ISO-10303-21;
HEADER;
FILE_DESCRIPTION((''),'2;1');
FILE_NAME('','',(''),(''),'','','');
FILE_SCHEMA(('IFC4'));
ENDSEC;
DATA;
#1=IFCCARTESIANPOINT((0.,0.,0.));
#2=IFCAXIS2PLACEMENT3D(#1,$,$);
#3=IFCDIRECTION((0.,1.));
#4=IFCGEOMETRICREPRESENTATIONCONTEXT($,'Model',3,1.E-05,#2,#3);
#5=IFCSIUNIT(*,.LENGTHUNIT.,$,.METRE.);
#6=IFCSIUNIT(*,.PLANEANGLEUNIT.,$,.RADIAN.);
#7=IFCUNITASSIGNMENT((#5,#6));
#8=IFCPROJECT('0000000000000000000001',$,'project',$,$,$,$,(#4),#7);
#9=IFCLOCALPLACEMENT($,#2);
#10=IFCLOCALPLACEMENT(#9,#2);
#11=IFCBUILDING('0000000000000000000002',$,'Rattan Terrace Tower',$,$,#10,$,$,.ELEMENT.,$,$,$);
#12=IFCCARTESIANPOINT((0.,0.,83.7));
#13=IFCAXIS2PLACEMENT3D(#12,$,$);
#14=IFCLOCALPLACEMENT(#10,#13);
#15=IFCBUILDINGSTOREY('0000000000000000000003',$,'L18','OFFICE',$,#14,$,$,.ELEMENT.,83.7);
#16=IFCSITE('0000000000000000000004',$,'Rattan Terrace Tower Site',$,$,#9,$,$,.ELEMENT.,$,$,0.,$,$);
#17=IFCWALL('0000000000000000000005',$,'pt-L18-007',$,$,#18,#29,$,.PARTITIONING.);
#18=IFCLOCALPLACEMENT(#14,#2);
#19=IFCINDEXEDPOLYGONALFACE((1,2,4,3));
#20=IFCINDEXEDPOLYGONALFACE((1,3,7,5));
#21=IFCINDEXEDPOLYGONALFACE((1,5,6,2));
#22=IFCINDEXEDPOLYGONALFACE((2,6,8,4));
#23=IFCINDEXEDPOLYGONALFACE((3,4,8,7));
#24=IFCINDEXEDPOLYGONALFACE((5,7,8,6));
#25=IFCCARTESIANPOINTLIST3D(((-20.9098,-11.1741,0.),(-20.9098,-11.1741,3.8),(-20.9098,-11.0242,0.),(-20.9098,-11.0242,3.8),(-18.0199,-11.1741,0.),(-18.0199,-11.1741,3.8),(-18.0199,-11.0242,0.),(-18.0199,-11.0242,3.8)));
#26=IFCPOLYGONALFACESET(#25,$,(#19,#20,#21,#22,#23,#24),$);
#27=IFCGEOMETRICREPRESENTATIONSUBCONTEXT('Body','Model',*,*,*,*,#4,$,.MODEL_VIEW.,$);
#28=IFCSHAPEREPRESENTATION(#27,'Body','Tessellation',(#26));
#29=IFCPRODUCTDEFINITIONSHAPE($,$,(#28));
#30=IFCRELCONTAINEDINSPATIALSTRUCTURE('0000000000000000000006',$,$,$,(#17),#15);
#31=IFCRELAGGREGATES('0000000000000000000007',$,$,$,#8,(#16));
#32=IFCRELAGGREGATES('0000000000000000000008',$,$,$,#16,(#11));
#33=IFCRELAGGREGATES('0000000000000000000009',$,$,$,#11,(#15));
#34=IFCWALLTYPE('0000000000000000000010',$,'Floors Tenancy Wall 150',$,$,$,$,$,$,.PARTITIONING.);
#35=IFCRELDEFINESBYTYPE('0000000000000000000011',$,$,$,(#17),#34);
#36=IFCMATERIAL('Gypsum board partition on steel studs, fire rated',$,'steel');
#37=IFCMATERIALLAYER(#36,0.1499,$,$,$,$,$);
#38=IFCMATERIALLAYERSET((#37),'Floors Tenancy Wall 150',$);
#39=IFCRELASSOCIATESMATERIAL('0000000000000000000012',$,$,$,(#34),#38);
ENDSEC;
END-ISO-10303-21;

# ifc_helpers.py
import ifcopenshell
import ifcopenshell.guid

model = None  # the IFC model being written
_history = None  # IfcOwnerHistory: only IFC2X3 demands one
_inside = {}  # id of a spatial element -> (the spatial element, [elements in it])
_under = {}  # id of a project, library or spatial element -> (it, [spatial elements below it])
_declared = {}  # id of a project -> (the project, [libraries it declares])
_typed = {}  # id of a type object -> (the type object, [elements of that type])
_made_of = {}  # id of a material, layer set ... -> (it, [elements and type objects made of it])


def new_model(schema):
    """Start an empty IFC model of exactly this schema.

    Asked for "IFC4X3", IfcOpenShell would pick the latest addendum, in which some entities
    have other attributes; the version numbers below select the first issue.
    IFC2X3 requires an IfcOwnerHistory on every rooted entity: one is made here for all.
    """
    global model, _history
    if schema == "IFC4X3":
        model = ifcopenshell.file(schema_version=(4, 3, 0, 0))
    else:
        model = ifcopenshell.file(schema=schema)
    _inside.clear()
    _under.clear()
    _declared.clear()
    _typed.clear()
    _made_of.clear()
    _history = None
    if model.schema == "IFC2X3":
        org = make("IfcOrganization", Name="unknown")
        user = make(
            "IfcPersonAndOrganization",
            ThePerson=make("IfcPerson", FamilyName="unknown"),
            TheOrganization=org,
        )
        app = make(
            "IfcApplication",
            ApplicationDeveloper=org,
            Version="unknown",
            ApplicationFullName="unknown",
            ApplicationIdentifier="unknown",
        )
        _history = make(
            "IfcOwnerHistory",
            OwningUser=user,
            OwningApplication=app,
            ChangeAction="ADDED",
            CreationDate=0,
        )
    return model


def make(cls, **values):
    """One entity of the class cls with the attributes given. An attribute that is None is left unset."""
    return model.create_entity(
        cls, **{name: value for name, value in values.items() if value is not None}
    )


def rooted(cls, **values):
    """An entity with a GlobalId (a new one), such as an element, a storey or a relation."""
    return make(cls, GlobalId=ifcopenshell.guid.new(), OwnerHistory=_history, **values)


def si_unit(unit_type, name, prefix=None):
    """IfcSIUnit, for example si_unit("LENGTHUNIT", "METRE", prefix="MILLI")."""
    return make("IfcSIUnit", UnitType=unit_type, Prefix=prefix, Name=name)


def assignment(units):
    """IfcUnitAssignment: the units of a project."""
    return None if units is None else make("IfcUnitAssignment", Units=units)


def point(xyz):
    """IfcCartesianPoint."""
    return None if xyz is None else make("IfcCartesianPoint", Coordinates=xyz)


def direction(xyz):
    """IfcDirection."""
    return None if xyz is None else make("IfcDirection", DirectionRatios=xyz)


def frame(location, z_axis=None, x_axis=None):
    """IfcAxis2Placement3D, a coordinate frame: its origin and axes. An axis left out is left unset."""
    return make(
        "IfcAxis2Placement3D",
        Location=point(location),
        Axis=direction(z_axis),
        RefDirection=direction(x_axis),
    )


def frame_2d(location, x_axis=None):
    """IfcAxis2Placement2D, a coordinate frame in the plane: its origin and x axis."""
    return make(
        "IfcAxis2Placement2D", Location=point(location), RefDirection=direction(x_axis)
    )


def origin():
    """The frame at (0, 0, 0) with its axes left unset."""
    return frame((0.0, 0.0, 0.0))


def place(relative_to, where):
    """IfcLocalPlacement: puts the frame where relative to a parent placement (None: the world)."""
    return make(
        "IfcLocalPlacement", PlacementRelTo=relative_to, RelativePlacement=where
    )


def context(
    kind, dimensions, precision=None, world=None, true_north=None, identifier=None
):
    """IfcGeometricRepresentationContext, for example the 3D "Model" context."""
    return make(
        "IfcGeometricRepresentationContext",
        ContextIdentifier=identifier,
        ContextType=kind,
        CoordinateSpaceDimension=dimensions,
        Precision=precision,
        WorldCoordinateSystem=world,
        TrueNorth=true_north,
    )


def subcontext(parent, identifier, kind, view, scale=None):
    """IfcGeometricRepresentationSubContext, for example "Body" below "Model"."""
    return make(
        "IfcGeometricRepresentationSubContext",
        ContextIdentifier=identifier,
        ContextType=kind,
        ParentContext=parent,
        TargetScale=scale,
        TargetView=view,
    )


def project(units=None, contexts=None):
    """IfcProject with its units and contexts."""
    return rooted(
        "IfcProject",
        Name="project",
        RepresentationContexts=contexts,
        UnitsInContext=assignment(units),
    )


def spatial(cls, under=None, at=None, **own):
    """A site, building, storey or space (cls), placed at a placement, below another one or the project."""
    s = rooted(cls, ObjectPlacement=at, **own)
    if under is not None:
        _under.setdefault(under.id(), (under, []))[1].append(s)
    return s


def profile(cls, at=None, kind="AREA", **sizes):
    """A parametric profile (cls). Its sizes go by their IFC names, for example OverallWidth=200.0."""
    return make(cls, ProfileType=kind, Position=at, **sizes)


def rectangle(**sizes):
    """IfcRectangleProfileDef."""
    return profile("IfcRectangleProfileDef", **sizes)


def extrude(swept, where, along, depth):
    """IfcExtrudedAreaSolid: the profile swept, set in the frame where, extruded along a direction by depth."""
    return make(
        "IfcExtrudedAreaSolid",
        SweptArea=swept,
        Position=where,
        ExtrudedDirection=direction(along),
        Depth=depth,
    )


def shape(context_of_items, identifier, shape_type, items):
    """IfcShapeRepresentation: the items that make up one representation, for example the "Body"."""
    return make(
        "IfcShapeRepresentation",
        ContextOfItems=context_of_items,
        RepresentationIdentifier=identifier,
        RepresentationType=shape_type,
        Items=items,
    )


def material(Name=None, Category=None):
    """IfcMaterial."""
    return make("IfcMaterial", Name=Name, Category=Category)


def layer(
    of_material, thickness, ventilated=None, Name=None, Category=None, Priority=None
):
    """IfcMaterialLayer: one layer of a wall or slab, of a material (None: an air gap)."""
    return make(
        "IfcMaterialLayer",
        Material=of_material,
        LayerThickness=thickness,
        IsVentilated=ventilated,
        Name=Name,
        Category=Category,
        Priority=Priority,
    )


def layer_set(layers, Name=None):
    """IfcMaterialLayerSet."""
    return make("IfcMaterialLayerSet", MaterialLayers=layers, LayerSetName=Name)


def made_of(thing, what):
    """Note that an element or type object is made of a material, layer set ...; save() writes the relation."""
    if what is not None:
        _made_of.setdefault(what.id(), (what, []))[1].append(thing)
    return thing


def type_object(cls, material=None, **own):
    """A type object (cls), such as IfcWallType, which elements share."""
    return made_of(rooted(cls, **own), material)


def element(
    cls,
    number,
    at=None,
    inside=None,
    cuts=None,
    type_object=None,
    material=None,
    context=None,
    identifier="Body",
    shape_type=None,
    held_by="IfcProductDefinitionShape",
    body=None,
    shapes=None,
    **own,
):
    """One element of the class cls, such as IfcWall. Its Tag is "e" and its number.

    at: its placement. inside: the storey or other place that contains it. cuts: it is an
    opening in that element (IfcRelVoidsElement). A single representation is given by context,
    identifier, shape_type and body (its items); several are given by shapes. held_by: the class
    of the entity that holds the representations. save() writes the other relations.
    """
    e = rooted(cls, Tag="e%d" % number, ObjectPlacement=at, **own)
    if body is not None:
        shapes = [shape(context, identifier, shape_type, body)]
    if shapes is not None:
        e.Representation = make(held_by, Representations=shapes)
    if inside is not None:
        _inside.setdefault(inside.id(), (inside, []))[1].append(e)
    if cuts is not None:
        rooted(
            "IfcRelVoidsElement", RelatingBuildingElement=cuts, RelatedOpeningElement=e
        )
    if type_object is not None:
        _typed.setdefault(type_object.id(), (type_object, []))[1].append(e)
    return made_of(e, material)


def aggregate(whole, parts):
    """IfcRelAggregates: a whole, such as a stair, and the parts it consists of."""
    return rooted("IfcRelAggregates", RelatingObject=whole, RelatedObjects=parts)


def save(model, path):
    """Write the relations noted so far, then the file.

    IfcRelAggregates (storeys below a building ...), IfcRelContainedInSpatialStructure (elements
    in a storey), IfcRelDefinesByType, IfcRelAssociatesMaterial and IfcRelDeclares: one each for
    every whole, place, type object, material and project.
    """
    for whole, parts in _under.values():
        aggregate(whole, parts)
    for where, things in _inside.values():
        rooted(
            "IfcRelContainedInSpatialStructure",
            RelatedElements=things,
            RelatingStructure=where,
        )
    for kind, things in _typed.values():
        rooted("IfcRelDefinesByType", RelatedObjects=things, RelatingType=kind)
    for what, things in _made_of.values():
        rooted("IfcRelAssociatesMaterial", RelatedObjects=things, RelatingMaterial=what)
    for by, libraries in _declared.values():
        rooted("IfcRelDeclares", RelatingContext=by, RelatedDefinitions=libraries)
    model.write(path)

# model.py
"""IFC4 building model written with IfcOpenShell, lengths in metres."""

from ifc_helpers import new_model, si_unit, direction, frame, frame_2d, origin, place, context, subcontext, project, spatial, rectangle, extrude, material, layer, layer_set, type_object, element, save


model = new_model("IFC4")

# Units and contexts
model_context = context("Model", 3, precision=1e-05, world=origin(), true_north=direction((0.0, 1.0)))
body_context = subcontext(model_context, "Body", "Model", "MODEL_VIEW")
ifc_project = project(units=[si_unit("LENGTHUNIT", "METRE"), si_unit("PLANEANGLEUNIT", "RADIAN")], contexts=[model_context])

# Site, building, storey
site_placement = place(None, origin())
site = spatial("IfcSite", under=ifc_project, at=site_placement, Name="Rattan Terrace Tower Site", CompositionType="ELEMENT", RefElevation=0.0)
building_placement = place(site_placement, origin())
building = spatial("IfcBuilding", under=site, at=building_placement, Name="Rattan Terrace Tower", CompositionType="ELEMENT")
storey_placement = place(building_placement, frame((0.0, 0.0, 83.7)))
storey = spatial("IfcBuildingStorey", under=building, at=storey_placement, Name="L18", Description="OFFICE", CompositionType="ELEMENT", Elevation=83.7)

# Shared definitions
ifc_material_1 = material(Name="Gypsum board partition on steel studs, fire rated", Category="steel")
ifc_layer_1 = layer(ifc_material_1, 0.1499)
ifc_layer_set_1 = layer_set([ifc_layer_1], Name="Floors Tenancy Wall 150")
wall_type_1 = type_object("IfcWallType", Name="Floors Tenancy Wall 150", PredefinedType="PARTITIONING", material=ifc_layer_set_1)

# Wall
wall_1_placement = place(storey_placement, frame((-18.02, -11.0991, 0.0), z_axis=(0.0, 0.0, 1.0), x_axis=(-1.0, 0.0, 0.0)))
element("IfcWall", 1, at=wall_1_placement, inside=storey, type_object=wall_type_1, Name="pt-L18-007", PredefinedType="PARTITIONING", context=body_context, shape_type="SweptSolid", body=[
    extrude(rectangle(XDim=2.8899, YDim=0.1499, at=frame_2d((1.4448, 0.0))), origin(), (0.0, 0.0, 1.0), 3.8),
])

save(model, "model.ifc")
